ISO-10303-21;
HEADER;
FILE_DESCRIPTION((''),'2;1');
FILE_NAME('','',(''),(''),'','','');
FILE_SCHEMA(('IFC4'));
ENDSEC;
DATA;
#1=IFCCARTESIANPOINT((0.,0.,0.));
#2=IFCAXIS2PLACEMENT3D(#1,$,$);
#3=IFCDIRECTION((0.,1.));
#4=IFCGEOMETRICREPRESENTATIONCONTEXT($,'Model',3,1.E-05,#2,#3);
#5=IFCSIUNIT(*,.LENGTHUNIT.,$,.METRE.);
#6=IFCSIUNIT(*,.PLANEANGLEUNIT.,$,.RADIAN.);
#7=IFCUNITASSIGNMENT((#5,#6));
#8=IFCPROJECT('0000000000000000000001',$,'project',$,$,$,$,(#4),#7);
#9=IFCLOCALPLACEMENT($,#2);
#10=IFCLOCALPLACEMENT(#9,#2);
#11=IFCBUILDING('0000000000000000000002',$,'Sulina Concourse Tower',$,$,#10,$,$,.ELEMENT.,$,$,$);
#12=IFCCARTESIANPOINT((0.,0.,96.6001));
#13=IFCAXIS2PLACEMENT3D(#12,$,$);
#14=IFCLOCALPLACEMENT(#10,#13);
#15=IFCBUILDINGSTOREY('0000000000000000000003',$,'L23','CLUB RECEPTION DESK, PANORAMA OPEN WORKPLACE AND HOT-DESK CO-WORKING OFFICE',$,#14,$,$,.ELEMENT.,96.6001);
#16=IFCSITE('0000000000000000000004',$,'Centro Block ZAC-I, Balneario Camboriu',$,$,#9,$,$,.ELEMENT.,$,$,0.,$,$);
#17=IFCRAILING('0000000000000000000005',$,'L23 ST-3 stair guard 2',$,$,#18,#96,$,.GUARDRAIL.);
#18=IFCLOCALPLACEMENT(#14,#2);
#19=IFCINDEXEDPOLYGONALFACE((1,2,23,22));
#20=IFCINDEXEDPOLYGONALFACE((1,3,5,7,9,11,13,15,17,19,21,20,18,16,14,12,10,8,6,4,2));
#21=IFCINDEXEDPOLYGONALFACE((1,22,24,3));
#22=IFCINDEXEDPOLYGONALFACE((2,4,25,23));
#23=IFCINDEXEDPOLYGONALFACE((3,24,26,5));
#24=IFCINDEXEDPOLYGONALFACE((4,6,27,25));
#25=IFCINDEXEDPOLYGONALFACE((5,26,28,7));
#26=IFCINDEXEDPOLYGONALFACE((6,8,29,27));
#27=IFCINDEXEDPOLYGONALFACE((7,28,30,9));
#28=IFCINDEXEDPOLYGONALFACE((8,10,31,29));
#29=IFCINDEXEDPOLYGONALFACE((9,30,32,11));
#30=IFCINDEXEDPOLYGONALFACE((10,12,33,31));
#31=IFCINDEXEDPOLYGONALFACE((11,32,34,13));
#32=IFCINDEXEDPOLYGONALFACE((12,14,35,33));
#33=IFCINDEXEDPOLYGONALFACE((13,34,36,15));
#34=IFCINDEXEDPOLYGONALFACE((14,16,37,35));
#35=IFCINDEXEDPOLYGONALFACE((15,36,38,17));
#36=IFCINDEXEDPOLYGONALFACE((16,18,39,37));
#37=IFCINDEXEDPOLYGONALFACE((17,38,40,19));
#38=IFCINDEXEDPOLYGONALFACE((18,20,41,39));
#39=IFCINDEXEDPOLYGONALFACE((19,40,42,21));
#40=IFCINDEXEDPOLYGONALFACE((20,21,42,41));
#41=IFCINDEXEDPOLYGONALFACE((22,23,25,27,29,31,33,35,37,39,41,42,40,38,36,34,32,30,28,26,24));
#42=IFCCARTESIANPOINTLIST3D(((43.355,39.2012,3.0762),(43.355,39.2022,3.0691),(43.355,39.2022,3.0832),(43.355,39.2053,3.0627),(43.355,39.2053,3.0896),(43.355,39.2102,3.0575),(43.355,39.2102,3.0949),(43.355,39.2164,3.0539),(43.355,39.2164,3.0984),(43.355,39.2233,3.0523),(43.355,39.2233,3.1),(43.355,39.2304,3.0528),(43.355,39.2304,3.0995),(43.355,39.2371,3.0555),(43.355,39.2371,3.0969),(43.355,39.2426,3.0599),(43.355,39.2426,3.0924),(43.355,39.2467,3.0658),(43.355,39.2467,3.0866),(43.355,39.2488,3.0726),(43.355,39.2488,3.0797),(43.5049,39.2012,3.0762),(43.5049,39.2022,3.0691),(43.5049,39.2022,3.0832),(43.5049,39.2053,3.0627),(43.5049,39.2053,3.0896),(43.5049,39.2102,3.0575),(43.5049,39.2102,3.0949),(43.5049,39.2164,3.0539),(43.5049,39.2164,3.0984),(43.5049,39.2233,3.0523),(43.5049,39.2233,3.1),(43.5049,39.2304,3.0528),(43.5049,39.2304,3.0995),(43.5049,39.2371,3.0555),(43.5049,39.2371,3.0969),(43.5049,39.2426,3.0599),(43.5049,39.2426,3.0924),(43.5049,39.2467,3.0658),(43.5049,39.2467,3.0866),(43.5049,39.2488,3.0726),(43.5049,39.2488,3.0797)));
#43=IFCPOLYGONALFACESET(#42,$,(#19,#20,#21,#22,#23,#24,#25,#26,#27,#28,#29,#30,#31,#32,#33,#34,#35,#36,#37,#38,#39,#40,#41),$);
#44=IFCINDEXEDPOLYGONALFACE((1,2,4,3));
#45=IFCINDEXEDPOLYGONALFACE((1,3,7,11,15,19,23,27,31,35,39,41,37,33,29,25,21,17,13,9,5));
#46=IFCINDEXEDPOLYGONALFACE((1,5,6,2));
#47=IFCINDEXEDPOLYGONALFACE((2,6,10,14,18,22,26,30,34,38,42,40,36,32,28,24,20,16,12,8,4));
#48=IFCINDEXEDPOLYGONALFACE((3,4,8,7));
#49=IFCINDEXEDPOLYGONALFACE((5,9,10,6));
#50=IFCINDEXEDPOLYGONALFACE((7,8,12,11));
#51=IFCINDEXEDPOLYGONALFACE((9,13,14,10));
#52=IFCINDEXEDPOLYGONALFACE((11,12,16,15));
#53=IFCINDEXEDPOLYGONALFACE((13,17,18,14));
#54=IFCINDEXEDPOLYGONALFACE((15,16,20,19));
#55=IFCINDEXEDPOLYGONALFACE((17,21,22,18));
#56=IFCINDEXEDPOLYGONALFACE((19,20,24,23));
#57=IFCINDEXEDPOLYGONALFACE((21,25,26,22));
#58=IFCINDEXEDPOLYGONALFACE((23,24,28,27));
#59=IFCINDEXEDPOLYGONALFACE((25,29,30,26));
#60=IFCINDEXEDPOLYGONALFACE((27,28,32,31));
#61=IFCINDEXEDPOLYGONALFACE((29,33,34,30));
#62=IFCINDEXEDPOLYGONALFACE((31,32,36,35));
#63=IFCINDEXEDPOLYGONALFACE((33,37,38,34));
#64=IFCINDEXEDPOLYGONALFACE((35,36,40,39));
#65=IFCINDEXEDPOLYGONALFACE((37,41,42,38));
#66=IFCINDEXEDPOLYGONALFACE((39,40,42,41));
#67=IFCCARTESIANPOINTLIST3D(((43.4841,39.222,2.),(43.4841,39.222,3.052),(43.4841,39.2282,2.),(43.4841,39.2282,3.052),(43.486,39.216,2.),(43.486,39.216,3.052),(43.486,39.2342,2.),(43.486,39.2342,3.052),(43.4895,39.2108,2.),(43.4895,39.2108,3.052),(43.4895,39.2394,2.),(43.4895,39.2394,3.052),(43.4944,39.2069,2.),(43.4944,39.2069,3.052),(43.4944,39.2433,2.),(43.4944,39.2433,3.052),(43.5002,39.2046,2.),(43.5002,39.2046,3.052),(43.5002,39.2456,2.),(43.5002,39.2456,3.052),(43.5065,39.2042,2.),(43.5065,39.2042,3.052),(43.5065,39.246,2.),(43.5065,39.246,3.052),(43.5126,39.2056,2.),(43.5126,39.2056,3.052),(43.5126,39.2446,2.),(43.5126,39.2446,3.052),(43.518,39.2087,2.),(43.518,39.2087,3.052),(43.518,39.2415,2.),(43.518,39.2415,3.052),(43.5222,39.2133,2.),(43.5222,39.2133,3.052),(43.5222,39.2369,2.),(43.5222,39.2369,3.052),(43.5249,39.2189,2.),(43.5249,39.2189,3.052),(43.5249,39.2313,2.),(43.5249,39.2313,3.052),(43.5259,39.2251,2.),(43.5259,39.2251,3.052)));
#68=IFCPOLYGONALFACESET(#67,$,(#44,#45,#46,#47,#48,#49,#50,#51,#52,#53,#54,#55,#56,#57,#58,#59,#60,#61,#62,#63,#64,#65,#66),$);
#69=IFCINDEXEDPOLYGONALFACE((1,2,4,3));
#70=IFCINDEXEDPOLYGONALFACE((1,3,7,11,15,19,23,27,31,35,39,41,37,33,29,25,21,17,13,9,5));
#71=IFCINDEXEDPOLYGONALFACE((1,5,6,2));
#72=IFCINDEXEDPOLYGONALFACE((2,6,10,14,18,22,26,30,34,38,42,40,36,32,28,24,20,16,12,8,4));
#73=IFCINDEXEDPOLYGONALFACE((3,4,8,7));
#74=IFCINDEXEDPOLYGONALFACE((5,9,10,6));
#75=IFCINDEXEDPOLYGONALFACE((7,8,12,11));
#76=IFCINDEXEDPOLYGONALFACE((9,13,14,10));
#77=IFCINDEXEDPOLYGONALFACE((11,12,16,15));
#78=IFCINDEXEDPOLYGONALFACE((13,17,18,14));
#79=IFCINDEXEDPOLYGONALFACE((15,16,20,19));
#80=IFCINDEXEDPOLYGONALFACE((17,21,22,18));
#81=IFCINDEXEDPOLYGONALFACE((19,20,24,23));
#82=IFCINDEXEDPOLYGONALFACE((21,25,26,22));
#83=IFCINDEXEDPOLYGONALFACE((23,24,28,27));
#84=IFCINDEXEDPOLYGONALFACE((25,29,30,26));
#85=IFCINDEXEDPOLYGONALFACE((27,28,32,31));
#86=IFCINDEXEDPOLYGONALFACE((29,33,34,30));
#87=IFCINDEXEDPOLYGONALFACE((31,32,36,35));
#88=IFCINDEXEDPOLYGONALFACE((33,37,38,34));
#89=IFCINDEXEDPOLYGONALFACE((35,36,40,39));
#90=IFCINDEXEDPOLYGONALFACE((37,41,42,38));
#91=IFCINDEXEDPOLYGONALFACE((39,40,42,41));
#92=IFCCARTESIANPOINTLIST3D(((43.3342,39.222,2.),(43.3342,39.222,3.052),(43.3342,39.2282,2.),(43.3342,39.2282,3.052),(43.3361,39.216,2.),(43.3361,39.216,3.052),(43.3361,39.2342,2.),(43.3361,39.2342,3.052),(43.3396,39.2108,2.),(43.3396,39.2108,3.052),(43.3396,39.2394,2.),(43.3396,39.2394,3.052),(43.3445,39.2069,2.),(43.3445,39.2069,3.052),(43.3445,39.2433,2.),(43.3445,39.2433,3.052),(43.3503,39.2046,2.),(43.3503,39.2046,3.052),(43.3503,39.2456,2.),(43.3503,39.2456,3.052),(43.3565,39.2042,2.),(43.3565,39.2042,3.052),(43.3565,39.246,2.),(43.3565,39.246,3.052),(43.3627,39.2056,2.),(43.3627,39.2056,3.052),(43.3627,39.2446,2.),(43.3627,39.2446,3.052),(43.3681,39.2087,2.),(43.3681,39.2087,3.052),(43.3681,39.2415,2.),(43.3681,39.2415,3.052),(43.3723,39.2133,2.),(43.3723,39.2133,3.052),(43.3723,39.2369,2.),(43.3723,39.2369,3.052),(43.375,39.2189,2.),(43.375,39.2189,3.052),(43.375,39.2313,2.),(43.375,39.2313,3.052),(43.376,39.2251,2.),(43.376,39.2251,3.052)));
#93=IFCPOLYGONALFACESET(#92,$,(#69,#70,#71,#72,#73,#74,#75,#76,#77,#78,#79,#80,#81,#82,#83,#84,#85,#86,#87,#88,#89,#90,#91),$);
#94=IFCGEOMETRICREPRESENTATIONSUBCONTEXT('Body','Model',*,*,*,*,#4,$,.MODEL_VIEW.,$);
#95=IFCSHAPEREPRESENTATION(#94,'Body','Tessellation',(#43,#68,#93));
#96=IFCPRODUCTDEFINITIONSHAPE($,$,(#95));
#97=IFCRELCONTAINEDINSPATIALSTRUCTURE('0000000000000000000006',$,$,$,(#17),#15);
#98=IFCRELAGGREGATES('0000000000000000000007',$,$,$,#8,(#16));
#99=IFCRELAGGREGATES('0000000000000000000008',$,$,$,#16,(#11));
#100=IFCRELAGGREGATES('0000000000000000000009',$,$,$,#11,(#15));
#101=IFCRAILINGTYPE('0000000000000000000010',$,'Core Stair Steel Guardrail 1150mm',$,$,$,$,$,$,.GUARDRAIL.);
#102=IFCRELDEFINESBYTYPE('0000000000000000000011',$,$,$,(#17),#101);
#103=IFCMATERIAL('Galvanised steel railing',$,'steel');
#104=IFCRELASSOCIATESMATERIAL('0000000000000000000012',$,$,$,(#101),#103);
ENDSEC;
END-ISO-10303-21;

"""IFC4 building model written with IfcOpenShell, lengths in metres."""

from ifc_helpers import new_model, si_unit, direction, frame, origin, origin_2d, place, context, subcontext, project, spatial, circle, extrude, material, type_object, element, save


model = new_model("IFC4")

# Units and contexts
model_context = context("Model", 3, precision=1e-05, world=origin(), true_north=direction((0.0, 1.0)))
body_context = subcontext(model_context, "Body", "Model", "MODEL_VIEW")
ifc_project = project(units=[si_unit("LENGTHUNIT", "METRE"), si_unit("PLANEANGLEUNIT", "RADIAN")], contexts=[model_context])

# Site, building, storey
site_placement = place(None, origin())
site = spatial("IfcSite", under=ifc_project, at=site_placement, Name="Centro Block ZAC-I, Balneario Camboriu", CompositionType="ELEMENT", RefElevation=0.0)
building_placement = place(site_placement, origin())
building = spatial("IfcBuilding", under=site, at=building_placement, Name="Sulina Concourse Tower", CompositionType="ELEMENT")
storey_placement = place(building_placement, frame((0.0, 0.0, 96.6001)))
storey = spatial("IfcBuildingStorey", under=building, at=storey_placement, Name="L23", Description="CLUB RECEPTION DESK, PANORAMA OPEN WORKPLACE AND HOT-DESK CO-WORKING OFFICE", CompositionType="ELEMENT", Elevation=96.6001)

# Railing
ifc_material_1 = material(Name="Galvanised steel railing", Category="steel")
railing_type_1 = type_object("IfcRailingType", Name="Core Stair Steel Guardrail 1150mm", PredefinedType="GUARDRAIL", material=ifc_material_1)
railing_1_placement = place(storey_placement, frame((43.5049, 39.2251, 2.0)))
element("IfcRailing", 1, at=railing_1_placement, inside=storey, type_object=railing_type_1, Name="L23 ST-3 stair guard 2", PredefinedType="GUARDRAIL", context=body_context, shape_type="SweptSolid", body=[
    extrude(circle(Radius=0.0239, at=origin_2d()), frame((0.0, 0.0, 1.0762), z_axis=(-1.0, 0.0, 0.0), x_axis=(0.0, -1.0, 0.0)), (0.0, 0.0, 1.0), 0.1499),
    extrude(circle(Radius=0.021, at=origin_2d()), origin(), (0.0, 0.0, 1.0), 1.052),
    extrude(circle(Radius=0.021, at=origin_2d()), frame((-0.1499, 0.0, 0.0)), (0.0, 0.0, 1.0), 1.052),
])

save(model, "model.ifc")
